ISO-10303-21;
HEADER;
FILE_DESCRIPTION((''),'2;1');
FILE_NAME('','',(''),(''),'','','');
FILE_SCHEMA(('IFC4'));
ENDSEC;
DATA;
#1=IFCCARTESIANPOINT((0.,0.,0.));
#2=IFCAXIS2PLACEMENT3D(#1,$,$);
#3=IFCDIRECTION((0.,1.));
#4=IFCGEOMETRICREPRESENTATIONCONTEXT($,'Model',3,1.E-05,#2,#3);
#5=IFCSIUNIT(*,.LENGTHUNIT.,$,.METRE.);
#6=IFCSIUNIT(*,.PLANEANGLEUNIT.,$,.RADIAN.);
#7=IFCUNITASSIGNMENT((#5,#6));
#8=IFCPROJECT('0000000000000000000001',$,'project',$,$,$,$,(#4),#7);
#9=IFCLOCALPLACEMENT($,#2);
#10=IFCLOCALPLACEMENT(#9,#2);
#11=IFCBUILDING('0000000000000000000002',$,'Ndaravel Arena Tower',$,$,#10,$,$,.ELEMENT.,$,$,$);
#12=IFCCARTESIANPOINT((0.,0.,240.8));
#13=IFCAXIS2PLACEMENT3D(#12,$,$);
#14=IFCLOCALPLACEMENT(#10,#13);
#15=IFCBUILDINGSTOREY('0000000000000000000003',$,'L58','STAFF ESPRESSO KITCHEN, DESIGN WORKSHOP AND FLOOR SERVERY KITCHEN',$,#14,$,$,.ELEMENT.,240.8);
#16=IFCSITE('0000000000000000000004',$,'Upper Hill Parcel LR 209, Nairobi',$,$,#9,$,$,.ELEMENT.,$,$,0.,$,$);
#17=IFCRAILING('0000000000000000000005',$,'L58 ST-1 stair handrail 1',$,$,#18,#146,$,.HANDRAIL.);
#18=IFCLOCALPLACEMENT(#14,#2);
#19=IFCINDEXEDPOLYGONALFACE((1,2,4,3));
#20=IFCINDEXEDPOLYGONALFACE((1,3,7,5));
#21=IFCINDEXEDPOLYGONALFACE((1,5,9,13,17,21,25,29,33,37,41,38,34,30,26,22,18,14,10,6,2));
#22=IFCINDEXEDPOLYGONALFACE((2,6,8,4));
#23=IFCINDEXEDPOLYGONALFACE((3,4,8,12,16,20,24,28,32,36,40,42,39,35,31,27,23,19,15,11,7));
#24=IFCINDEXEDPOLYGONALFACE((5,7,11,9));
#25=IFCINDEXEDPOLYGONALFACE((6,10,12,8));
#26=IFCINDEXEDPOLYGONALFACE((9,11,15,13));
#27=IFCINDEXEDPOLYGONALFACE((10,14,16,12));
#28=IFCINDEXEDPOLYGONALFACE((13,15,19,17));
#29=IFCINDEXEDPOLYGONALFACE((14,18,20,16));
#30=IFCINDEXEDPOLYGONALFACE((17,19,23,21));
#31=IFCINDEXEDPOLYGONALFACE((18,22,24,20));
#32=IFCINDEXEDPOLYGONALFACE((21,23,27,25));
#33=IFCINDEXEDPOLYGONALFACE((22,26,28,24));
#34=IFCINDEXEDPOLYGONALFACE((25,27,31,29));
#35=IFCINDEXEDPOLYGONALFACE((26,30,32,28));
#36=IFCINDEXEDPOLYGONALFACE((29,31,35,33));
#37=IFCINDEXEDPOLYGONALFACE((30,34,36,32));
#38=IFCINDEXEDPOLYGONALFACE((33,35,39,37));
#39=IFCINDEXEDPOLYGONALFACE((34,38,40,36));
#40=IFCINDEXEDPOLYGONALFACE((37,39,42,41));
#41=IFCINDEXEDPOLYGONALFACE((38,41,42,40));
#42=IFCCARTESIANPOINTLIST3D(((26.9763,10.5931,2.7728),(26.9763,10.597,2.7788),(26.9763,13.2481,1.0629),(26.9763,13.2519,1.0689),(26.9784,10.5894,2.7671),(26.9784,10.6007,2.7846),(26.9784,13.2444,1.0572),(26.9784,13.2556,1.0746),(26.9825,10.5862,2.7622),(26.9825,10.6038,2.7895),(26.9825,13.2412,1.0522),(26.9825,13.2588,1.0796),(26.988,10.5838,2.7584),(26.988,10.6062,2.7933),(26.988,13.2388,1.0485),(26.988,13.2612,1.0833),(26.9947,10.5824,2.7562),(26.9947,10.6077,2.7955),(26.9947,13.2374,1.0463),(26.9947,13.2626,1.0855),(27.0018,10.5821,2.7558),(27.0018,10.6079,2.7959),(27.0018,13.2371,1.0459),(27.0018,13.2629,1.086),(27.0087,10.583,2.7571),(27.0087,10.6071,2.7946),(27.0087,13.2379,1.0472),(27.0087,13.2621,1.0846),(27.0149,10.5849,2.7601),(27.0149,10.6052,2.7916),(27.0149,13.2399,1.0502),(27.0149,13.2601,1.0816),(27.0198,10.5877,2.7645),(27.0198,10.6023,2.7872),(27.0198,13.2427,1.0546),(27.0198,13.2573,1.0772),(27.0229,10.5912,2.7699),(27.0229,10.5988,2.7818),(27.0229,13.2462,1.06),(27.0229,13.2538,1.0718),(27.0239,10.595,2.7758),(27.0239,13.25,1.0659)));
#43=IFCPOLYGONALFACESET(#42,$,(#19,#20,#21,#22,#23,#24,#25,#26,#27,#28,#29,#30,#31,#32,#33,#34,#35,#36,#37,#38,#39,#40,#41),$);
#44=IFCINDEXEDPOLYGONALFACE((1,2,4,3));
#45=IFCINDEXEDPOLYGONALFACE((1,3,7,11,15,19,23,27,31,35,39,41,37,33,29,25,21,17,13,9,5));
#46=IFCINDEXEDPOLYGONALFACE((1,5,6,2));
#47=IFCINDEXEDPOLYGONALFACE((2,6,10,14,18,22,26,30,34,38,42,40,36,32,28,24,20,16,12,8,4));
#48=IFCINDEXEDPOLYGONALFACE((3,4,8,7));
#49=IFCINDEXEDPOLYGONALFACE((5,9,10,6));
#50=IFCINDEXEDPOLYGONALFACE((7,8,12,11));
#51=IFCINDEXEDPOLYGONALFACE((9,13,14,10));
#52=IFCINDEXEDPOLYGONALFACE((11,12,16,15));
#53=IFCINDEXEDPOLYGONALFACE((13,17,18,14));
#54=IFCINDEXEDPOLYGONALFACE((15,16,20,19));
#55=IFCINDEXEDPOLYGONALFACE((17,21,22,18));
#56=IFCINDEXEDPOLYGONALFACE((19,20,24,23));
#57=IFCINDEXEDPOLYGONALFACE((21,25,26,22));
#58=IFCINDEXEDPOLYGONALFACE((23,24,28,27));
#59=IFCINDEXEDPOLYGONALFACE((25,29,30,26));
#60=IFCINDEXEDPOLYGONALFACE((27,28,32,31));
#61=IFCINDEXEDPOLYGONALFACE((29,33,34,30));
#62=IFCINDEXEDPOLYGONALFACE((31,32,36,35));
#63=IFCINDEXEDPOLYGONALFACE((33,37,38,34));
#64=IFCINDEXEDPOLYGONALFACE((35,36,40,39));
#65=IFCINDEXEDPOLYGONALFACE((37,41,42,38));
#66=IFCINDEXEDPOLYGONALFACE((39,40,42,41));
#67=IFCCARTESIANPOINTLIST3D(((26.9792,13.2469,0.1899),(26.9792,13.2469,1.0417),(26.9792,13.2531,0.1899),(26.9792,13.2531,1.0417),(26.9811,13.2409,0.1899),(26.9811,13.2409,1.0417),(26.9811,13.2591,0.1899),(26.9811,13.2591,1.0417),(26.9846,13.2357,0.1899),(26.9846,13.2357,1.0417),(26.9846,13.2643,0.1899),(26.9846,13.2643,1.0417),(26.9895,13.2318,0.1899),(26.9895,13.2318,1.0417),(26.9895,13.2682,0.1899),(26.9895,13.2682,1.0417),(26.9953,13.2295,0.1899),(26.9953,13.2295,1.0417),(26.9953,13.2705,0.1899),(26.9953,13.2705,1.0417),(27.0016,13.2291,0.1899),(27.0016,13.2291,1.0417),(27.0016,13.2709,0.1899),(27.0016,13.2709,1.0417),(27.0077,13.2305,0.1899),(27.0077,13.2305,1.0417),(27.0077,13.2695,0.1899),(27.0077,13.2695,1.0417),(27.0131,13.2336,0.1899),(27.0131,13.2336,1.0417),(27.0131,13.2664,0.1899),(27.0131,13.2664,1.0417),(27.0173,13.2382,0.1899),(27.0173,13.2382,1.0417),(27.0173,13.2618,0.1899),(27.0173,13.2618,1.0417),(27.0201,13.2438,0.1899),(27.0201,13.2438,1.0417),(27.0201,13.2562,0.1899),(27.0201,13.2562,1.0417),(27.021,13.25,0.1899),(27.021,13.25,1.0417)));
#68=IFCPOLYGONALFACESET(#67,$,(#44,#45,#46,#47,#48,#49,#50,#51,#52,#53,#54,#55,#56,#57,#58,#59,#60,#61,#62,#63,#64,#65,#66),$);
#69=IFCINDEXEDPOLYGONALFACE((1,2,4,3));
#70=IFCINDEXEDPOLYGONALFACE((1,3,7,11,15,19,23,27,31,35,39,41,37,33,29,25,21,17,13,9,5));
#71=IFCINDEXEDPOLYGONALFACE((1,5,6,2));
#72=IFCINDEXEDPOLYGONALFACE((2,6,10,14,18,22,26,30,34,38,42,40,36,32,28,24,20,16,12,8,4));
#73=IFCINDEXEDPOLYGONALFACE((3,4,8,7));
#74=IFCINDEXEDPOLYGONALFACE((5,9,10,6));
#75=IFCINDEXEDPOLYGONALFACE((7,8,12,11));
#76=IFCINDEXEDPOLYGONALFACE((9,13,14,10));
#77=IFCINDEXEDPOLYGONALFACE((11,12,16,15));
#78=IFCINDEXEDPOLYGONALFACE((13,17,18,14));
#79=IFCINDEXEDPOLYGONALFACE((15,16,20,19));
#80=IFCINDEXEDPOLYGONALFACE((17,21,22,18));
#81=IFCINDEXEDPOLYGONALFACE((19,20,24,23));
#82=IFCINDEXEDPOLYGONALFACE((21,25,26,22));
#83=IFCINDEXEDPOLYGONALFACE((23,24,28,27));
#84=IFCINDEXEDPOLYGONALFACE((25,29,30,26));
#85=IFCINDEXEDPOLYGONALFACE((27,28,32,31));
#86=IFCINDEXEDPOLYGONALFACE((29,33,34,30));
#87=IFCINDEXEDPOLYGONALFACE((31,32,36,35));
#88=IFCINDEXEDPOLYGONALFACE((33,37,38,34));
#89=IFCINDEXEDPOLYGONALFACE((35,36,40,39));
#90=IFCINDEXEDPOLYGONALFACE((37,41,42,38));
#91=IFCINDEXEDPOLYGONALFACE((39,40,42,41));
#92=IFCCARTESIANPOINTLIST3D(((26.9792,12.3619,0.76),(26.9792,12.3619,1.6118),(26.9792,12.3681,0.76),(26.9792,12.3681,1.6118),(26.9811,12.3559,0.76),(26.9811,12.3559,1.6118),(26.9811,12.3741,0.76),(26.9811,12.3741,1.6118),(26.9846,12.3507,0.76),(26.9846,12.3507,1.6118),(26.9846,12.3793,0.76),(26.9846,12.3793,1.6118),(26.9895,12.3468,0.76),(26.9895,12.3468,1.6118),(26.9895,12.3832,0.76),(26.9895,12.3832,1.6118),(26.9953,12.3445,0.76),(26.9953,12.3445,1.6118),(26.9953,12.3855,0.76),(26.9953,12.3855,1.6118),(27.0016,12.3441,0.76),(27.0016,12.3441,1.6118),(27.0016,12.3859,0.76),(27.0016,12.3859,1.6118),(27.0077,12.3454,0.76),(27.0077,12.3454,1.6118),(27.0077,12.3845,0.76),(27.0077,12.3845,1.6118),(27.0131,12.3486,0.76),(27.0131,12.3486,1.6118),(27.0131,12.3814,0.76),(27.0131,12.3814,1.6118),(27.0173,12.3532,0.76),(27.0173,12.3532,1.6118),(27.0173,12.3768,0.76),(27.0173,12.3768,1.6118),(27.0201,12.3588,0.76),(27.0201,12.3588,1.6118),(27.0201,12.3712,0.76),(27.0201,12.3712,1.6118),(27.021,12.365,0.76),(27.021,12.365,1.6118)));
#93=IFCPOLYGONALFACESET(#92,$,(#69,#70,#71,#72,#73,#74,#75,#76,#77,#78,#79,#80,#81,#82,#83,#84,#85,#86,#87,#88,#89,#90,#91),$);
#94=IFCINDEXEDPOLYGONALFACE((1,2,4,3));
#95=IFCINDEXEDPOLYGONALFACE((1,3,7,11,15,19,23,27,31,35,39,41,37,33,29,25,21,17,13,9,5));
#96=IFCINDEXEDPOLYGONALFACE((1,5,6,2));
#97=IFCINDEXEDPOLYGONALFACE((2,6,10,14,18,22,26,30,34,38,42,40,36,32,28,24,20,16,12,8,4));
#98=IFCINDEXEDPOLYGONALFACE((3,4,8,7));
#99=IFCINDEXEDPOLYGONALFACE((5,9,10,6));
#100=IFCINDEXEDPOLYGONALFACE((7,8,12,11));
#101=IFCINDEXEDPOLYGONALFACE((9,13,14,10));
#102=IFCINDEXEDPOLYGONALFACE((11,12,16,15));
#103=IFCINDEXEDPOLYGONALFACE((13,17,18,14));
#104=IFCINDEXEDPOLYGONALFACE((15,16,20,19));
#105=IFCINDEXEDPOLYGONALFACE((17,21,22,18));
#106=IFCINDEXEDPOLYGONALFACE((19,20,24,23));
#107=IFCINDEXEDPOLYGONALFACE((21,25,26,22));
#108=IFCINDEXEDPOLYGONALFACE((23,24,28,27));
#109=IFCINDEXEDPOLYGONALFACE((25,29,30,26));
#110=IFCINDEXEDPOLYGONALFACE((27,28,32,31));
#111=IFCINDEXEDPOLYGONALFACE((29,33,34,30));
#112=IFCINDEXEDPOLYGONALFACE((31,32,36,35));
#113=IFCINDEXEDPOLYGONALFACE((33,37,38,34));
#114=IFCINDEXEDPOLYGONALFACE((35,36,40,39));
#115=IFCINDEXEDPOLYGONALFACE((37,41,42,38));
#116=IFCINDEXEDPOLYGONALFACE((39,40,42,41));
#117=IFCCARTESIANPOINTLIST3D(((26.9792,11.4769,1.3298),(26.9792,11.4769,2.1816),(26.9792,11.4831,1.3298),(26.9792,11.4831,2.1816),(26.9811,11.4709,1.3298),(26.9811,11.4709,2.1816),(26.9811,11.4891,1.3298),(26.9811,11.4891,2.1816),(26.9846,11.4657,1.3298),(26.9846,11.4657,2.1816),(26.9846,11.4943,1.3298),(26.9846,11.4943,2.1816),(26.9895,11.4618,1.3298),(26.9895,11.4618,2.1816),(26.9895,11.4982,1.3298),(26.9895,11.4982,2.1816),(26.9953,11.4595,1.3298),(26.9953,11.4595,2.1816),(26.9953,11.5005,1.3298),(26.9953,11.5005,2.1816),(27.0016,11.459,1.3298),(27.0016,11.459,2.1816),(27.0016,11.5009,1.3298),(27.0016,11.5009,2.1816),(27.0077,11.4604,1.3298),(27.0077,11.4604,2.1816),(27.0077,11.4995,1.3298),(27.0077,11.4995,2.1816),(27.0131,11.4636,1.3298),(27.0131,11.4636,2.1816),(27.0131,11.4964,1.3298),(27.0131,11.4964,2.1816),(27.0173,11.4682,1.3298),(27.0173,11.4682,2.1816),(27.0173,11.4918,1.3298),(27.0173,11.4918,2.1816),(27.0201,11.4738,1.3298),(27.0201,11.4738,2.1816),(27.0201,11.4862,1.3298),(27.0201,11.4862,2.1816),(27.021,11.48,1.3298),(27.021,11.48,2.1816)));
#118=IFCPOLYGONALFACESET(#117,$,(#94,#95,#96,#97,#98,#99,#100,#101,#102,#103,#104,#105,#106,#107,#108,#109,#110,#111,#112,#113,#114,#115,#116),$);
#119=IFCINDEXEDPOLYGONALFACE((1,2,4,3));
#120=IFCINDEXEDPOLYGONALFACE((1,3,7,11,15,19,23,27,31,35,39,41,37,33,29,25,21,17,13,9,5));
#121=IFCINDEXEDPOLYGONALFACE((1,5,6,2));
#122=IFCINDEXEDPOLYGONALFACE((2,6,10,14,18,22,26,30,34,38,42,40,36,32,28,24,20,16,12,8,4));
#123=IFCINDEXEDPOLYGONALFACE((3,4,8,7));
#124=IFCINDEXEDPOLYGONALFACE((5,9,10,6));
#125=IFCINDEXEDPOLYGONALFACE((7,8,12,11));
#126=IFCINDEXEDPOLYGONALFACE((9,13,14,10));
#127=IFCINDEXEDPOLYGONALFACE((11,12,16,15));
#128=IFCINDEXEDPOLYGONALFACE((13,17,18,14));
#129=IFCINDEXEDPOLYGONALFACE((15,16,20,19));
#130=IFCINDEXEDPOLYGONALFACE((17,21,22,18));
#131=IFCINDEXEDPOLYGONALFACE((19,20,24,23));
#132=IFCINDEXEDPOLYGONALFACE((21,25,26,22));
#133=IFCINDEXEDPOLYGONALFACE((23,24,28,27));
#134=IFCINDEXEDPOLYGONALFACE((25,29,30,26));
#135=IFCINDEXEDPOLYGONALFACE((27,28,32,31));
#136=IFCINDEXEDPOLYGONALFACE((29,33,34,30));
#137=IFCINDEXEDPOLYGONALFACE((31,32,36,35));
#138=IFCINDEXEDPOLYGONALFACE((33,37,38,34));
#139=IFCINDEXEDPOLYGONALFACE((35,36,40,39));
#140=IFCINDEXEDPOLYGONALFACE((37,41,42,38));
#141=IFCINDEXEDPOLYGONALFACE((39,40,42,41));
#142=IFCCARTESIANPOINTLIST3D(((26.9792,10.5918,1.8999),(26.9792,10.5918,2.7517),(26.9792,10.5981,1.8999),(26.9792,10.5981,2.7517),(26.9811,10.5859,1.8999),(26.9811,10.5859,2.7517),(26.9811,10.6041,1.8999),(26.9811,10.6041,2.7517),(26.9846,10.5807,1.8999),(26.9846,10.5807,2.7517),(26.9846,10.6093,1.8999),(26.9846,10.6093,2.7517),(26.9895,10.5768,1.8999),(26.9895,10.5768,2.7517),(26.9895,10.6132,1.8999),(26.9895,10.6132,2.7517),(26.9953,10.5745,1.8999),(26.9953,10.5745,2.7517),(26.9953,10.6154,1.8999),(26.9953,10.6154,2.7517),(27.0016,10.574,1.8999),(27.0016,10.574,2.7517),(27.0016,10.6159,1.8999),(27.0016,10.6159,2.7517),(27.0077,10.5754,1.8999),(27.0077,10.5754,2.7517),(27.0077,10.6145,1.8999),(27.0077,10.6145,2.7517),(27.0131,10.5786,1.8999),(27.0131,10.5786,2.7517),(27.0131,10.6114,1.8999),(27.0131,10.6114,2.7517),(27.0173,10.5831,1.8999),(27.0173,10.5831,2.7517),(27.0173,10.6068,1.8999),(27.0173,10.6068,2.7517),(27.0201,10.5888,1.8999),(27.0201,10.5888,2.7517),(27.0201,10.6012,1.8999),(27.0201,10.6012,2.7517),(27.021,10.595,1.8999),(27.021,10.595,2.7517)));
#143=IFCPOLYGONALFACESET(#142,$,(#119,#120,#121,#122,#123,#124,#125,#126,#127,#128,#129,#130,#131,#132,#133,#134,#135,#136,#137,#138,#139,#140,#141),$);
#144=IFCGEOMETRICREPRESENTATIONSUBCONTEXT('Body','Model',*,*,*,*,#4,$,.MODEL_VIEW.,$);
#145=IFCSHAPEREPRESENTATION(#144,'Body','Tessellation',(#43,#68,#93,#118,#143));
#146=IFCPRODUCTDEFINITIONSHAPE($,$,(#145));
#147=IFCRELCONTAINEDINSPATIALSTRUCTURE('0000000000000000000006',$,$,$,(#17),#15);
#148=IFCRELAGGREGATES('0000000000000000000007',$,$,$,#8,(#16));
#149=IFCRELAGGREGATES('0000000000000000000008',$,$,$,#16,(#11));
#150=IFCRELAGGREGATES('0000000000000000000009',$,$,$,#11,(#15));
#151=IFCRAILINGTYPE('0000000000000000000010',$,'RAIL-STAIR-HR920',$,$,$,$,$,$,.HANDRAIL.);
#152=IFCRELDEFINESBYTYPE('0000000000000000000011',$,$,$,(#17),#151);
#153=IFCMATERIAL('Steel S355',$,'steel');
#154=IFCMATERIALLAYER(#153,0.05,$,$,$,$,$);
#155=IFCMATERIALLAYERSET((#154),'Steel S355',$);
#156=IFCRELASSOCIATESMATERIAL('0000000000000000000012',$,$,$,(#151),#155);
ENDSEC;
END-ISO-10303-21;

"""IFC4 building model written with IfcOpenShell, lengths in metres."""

from ifc_helpers import new_model, si_unit, direction, frame, origin, origin_2d, place, context, subcontext, project, spatial, circle, extrude, material, layer, layer_set, type_object, element, save


model = new_model("IFC4")

# Units and contexts
model_context = context("Model", 3, precision=1e-05, world=origin(), true_north=direction((0.0, 1.0)))
body_context = subcontext(model_context, "Body", "Model", "MODEL_VIEW")
ifc_project = project(units=[si_unit("LENGTHUNIT", "METRE"), si_unit("PLANEANGLEUNIT", "RADIAN")], contexts=[model_context])

# Site, building, storey
site_placement = place(None, origin())
site = spatial("IfcSite", under=ifc_project, at=site_placement, Name="Upper Hill Parcel LR 209, Nairobi", CompositionType="ELEMENT", RefElevation=0.0)
building_placement = place(site_placement, origin())
building = spatial("IfcBuilding", under=site, at=building_placement, Name="Ndaravel Arena Tower", CompositionType="ELEMENT")
storey_placement = place(building_placement, frame((0.0, 0.0, 240.8)))
storey = spatial("IfcBuildingStorey", under=building, at=storey_placement, Name="L58", Description="STAFF ESPRESSO KITCHEN, DESIGN WORKSHOP AND FLOOR SERVERY KITCHEN", CompositionType="ELEMENT", Elevation=240.8)

# Railing
ifc_material_1 = material(Name="Steel S355", Category="steel")
ifc_layer_1 = layer(ifc_material_1, 0.05)
ifc_layer_set_1 = layer_set([ifc_layer_1], Name="Steel S355")
railing_type_1 = type_object("IfcRailingType", Name="RAIL-STAIR-HR920", PredefinedType="HANDRAIL", material=ifc_layer_set_1)
railing_1_placement = place(storey_placement, frame((27.0, 13.25, 0.1899)))
element("IfcRailing", 1, at=railing_1_placement, inside=storey, type_object=railing_type_1, Name="L58 ST-1 stair handrail 1", PredefinedType="HANDRAIL", context=body_context, shape_type="SweptSolid", body=[
    extrude(circle(Radius=0.0239, at=origin_2d()), frame((0.0, 0.0, 0.876), z_axis=(0.0, -0.840724, 0.541465), x_axis=(1.0, 0.0, 0.0)), (0.0, 0.0, 1.0), 3.158),
    extrude(circle(Radius=0.021, at=origin_2d()), origin(), (0.0, 0.0, 1.0), 0.8518),
    extrude(circle(Radius=0.021, at=origin_2d()), frame((0.0, -0.885, 0.5701)), (0.0, 0.0, 1.0), 0.8518),
    extrude(circle(Radius=0.021, at=origin_2d()), frame((0.0, -1.77, 1.1399)), (0.0, 0.0, 1.0), 0.8518),
    extrude(circle(Radius=0.021, at=origin_2d()), frame((0.0, -2.655, 1.71)), (0.0, 0.0, 1.0), 0.8518),
])

save(model, "model.ifc")
